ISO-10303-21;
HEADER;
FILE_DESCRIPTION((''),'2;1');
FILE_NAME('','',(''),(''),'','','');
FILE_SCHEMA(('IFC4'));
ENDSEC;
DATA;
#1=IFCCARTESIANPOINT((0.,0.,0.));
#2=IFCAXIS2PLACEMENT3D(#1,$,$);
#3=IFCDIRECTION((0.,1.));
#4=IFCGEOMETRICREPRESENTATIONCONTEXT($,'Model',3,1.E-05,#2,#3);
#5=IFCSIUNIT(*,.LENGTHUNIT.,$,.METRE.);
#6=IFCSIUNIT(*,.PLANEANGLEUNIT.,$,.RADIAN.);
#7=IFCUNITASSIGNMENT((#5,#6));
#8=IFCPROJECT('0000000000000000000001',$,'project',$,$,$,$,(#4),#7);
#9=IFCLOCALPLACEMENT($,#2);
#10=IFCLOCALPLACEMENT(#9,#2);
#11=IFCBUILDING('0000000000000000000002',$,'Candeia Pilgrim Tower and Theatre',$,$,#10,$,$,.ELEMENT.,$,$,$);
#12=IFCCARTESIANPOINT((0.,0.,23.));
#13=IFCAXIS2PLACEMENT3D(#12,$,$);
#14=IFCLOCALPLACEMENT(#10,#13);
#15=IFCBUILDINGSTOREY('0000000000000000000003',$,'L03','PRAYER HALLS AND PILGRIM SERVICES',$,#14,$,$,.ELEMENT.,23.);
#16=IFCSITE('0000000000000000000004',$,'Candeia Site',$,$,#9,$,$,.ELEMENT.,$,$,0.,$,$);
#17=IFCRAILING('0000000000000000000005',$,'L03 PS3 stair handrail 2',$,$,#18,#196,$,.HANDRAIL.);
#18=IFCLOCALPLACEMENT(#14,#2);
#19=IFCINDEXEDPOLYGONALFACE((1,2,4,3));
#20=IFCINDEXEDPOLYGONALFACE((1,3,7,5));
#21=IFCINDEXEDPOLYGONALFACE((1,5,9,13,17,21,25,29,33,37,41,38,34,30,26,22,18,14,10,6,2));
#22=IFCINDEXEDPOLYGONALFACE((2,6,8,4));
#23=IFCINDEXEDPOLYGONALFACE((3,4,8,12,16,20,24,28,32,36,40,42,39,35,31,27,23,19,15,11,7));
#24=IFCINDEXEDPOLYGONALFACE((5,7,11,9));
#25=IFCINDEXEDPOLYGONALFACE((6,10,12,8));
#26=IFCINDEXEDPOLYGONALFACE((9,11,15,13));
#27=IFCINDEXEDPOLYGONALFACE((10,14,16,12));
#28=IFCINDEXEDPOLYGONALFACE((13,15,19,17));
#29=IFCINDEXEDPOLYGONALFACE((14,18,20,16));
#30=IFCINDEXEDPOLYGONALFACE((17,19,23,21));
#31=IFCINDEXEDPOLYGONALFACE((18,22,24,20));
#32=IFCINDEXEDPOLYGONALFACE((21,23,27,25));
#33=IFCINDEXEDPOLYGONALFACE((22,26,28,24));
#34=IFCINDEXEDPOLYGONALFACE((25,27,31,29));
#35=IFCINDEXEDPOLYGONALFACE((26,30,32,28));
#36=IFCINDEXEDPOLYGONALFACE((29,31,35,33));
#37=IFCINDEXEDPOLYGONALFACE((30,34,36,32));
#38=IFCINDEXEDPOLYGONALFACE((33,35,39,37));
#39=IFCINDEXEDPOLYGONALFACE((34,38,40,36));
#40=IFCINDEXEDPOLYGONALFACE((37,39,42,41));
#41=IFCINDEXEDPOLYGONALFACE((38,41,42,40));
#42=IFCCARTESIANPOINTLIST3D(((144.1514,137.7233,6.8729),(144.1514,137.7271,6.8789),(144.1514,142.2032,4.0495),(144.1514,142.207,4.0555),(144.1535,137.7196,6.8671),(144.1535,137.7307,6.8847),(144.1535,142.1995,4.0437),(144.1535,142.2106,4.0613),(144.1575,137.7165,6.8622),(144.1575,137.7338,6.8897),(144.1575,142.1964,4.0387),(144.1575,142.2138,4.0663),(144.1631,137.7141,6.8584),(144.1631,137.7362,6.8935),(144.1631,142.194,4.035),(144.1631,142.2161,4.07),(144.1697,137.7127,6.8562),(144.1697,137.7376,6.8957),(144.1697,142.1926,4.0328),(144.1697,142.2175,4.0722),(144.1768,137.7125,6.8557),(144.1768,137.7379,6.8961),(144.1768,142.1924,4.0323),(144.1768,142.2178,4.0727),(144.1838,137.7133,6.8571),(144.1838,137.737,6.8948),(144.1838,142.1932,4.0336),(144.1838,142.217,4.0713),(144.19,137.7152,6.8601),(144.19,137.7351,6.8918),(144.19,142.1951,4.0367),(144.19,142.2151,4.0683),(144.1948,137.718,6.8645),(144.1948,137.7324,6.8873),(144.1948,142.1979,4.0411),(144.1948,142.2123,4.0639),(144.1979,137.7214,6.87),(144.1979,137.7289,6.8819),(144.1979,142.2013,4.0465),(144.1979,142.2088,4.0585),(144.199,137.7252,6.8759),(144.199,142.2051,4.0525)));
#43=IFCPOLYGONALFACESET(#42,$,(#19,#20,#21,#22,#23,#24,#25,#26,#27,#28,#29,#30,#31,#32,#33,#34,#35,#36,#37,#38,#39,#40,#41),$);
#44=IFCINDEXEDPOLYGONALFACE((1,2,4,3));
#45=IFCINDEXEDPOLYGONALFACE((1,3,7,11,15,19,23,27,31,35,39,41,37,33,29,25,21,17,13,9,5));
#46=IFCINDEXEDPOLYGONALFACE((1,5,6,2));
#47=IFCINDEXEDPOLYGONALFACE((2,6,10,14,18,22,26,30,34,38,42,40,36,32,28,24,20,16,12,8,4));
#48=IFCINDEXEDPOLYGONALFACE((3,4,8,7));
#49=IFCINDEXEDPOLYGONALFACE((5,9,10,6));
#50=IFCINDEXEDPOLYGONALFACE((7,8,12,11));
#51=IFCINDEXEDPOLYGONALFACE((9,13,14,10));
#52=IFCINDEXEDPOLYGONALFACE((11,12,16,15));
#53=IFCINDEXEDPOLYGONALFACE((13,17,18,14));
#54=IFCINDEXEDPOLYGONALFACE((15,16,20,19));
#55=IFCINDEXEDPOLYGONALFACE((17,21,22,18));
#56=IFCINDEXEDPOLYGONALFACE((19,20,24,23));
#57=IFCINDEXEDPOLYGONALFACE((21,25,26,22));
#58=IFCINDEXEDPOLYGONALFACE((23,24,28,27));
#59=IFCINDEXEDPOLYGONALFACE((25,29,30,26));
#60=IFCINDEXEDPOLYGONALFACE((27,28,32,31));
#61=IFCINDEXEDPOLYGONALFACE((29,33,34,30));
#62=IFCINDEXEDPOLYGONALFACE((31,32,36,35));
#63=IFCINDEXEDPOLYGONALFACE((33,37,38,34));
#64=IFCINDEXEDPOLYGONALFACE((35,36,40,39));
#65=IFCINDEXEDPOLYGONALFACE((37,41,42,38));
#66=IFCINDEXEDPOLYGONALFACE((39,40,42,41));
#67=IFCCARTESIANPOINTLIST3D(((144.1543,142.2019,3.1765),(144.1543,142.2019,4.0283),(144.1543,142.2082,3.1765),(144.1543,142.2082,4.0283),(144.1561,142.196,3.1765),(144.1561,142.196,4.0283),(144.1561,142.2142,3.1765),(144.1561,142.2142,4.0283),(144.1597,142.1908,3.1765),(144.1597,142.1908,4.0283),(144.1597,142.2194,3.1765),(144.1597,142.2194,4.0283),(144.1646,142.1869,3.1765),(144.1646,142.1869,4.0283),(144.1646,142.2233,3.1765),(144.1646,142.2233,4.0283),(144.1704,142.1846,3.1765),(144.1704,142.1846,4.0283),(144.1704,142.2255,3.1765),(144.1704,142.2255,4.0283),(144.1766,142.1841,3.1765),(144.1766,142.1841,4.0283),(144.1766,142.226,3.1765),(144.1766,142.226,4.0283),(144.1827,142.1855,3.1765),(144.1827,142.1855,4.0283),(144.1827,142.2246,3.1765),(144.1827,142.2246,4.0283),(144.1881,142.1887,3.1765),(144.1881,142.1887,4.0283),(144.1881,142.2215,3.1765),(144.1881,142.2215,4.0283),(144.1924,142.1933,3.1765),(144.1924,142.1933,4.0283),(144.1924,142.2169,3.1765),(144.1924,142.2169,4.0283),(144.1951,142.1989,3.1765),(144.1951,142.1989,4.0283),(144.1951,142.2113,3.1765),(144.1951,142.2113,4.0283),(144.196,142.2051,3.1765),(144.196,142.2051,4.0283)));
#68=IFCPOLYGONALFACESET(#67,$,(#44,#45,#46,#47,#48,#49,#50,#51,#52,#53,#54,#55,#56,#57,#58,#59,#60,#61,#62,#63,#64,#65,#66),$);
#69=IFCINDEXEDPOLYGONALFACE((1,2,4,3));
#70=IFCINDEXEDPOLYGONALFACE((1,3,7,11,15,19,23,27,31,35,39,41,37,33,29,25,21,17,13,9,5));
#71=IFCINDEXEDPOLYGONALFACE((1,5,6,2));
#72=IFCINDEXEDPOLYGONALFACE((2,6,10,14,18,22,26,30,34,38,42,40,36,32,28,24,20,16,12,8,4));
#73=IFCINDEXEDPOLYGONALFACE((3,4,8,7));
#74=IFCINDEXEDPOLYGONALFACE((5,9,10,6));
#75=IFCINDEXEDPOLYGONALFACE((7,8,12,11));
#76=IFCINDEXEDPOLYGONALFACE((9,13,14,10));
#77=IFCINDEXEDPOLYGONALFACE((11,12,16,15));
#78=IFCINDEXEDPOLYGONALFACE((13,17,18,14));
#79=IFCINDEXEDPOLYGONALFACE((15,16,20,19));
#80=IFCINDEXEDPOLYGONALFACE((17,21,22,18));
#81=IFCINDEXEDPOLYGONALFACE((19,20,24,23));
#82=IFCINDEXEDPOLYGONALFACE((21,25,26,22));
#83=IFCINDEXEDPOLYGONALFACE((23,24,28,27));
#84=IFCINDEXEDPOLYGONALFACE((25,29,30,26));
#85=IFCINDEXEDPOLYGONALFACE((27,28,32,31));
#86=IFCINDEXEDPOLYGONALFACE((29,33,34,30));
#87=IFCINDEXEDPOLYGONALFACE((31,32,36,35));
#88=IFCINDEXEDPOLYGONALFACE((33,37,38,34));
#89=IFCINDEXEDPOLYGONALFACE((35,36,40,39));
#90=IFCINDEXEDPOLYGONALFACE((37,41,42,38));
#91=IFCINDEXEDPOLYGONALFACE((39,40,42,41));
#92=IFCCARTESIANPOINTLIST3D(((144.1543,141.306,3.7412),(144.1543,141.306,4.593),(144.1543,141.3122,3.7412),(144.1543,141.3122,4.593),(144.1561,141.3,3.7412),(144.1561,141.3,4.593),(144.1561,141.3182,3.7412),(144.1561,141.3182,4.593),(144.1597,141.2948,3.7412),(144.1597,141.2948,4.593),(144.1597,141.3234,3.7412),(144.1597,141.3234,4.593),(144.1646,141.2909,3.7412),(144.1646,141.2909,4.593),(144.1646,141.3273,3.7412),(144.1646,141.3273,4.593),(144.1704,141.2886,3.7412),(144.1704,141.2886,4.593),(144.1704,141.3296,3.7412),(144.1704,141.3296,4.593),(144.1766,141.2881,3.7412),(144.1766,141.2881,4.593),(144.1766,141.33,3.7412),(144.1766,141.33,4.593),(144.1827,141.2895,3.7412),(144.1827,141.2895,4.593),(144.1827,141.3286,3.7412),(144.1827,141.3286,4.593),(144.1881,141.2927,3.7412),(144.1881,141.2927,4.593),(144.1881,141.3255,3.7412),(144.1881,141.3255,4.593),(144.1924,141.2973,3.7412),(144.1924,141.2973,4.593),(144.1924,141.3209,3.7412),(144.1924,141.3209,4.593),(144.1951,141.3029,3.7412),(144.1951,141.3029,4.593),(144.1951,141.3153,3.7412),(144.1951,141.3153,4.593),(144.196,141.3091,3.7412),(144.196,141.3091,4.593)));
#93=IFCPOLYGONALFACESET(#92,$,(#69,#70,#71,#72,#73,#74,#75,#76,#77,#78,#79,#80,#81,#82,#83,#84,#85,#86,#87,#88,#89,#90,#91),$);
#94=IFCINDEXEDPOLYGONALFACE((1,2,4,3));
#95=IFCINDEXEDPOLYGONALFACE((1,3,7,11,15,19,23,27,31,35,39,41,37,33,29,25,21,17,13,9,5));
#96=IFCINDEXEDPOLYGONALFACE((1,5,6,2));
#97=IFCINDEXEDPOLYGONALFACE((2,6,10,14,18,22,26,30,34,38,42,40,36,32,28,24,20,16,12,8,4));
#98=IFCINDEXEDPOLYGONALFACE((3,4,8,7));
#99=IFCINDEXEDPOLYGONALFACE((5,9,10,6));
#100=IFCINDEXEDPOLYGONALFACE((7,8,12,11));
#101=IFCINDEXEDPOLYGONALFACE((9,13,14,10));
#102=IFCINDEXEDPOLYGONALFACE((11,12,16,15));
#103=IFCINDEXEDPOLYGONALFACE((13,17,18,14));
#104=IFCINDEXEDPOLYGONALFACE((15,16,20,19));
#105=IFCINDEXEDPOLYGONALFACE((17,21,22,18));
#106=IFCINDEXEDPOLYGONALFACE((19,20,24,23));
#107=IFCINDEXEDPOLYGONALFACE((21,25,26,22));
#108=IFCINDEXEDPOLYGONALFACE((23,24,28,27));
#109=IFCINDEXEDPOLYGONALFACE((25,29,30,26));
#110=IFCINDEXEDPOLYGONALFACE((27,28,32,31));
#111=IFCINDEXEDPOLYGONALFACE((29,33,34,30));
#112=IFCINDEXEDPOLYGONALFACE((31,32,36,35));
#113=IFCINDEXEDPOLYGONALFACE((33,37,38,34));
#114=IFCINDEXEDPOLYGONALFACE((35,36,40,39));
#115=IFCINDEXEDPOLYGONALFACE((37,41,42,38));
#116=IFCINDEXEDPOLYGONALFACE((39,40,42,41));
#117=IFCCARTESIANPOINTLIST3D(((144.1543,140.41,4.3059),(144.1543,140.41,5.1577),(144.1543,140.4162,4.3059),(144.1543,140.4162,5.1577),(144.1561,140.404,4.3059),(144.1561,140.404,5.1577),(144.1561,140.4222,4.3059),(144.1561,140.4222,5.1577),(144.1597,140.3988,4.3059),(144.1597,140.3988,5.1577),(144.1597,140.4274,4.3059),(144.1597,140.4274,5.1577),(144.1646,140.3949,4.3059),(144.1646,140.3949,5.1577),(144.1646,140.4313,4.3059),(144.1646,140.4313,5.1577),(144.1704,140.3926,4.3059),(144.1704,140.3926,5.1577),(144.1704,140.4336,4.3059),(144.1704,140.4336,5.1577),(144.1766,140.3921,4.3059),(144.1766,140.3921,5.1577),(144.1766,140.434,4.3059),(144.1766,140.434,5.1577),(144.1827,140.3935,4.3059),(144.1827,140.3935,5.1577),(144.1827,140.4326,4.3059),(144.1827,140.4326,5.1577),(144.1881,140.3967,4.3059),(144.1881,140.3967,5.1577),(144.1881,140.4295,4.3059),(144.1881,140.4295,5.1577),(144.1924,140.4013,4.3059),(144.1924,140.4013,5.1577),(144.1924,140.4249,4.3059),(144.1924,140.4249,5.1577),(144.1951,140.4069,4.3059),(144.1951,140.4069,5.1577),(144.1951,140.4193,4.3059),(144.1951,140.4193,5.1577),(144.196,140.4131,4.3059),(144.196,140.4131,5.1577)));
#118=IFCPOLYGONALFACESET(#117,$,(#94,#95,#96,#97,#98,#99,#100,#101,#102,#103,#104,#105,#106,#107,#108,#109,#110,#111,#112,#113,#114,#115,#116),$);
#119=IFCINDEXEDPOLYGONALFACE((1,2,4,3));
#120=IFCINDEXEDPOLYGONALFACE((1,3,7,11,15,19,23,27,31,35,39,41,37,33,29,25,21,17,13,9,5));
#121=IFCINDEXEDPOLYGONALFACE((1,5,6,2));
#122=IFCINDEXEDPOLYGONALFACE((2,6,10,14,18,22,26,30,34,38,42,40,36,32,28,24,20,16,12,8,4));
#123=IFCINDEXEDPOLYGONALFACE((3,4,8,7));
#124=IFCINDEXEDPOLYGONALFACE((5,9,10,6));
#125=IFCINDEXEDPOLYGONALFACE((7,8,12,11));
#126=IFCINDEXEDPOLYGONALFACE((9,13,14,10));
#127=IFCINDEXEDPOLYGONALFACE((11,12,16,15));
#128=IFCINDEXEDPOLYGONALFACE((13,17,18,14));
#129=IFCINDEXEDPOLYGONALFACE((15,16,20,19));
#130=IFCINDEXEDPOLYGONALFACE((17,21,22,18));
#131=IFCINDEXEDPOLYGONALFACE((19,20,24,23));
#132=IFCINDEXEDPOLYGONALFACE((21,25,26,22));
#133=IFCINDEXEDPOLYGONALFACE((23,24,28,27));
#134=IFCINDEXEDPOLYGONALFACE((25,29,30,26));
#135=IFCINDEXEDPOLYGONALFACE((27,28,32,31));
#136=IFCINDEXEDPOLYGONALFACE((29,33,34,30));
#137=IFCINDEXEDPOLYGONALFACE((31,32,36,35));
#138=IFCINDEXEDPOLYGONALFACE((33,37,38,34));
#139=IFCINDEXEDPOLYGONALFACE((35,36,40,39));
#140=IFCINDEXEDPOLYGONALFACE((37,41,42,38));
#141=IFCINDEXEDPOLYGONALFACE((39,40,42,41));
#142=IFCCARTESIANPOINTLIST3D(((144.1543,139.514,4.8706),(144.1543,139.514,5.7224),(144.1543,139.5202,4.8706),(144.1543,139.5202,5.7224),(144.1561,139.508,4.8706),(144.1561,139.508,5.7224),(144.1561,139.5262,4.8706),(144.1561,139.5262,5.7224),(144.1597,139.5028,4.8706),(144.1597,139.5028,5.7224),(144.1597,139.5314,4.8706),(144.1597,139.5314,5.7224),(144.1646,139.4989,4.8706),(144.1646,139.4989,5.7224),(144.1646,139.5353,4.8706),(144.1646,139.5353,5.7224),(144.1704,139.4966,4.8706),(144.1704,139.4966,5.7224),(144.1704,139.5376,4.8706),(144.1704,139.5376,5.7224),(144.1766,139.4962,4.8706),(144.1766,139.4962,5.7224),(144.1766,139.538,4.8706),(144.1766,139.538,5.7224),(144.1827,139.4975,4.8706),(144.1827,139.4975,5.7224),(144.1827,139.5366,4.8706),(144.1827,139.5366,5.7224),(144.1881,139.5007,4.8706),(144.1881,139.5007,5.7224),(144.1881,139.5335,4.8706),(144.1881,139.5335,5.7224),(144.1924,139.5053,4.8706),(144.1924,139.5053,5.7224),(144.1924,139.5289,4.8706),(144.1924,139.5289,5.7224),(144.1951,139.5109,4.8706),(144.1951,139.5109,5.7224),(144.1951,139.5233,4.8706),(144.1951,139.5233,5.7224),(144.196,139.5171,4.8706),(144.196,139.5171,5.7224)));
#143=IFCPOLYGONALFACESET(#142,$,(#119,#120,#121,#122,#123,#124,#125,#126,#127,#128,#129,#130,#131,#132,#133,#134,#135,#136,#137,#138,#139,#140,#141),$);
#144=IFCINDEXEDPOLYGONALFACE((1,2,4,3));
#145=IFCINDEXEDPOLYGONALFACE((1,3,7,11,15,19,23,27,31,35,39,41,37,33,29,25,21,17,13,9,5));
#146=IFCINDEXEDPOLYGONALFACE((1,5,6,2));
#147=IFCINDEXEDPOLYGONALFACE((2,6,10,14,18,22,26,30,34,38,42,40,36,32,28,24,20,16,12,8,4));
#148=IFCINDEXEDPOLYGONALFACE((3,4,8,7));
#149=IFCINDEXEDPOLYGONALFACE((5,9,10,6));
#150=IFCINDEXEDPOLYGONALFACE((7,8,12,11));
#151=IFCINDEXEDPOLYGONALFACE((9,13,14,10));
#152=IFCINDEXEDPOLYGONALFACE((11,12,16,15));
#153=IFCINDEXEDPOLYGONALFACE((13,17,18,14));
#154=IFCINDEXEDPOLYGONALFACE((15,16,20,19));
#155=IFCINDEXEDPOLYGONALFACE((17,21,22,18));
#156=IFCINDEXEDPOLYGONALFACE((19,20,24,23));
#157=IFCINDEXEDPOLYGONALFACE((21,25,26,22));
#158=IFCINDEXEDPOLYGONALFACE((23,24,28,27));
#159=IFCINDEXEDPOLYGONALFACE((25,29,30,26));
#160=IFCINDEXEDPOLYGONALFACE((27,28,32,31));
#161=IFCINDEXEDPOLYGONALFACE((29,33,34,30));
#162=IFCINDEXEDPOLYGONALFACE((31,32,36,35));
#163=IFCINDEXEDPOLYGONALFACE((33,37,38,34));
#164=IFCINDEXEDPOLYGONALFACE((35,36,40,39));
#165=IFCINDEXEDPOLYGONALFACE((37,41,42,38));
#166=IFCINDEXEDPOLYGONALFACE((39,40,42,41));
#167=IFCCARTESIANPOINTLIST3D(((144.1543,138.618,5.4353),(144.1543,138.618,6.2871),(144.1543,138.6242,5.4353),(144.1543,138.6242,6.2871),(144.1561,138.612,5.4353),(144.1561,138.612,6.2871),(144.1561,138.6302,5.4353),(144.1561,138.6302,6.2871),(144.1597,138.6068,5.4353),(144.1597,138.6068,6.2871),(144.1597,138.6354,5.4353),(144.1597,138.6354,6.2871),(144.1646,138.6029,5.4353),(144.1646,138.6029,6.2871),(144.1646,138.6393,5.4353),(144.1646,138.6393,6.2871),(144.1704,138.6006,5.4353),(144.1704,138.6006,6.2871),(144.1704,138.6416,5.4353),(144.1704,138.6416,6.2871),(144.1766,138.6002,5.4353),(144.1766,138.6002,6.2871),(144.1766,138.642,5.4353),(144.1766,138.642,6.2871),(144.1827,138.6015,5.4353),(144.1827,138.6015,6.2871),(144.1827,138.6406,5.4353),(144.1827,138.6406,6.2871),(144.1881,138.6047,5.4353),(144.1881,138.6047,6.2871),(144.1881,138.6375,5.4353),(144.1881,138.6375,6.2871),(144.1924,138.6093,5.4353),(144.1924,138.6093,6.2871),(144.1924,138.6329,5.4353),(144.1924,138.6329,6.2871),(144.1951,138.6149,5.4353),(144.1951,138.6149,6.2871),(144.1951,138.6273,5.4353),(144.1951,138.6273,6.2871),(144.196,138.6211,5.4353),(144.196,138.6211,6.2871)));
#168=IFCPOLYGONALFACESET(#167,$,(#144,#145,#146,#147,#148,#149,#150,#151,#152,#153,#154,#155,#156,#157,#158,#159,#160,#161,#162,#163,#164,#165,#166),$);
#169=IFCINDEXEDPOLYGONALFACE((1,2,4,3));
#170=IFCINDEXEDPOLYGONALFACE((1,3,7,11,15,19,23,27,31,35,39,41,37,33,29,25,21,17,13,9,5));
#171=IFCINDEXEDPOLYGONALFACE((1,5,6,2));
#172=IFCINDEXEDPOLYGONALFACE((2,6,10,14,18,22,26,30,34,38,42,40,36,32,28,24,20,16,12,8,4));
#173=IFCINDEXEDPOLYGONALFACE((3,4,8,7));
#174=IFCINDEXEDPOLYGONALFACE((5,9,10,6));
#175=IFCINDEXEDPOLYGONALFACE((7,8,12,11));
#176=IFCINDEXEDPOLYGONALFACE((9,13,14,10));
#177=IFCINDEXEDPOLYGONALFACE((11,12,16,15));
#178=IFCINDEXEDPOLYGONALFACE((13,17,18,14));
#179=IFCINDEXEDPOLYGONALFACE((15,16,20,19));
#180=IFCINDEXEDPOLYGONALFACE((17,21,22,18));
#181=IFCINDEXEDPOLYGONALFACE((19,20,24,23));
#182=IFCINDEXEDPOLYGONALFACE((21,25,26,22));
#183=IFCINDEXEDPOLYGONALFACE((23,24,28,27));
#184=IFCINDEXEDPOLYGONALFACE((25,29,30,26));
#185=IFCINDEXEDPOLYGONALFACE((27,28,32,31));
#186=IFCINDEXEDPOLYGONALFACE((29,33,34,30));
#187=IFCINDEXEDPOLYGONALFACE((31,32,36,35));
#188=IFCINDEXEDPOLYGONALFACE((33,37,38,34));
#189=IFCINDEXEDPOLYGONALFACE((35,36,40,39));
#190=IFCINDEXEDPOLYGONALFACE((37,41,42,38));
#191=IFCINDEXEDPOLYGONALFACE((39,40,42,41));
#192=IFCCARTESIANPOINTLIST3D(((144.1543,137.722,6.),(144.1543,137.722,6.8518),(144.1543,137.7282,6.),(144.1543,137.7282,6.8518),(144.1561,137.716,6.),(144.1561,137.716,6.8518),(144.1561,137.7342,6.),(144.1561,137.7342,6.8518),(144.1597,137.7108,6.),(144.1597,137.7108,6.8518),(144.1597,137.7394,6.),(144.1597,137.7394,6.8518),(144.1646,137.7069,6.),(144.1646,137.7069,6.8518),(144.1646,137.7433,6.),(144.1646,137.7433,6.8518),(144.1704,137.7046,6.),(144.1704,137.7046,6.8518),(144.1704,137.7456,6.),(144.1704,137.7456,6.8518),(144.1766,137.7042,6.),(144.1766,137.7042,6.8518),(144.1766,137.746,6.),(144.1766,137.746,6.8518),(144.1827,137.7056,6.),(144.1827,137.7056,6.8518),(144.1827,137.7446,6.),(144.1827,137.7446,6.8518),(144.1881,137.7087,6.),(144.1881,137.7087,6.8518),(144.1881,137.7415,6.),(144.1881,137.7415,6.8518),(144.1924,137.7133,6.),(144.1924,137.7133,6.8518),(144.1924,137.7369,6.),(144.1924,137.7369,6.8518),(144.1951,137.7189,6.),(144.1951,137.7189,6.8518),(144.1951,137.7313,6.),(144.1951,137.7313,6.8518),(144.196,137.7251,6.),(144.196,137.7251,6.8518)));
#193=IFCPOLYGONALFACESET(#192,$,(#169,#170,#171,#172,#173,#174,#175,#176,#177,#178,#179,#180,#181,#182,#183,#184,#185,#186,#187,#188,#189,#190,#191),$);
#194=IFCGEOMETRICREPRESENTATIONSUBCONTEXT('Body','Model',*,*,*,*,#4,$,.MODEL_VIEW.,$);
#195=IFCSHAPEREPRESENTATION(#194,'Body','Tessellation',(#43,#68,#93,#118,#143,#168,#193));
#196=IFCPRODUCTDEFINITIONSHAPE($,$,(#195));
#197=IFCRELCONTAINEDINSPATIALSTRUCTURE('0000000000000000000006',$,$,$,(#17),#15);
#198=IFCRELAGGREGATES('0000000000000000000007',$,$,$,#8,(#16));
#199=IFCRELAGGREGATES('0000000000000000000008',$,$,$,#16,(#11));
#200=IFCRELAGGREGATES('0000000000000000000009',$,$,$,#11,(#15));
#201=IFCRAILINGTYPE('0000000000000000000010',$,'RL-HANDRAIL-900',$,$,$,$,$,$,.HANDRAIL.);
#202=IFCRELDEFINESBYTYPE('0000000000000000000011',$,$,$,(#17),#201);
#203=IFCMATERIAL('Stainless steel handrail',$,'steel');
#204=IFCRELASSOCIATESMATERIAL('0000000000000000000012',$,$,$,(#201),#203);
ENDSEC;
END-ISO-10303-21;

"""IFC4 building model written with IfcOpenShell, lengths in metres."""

from ifc_helpers import new_model, si_unit, direction, frame, origin, origin_2d, place, context, subcontext, project, spatial, circle, extrude, material, type_object, element, save


model = new_model("IFC4")

# Units and contexts
model_context = context("Model", 3, precision=1e-05, world=origin(), true_north=direction((0.0, 1.0)))
body_context = subcontext(model_context, "Body", "Model", "MODEL_VIEW")
ifc_project = project(units=[si_unit("LENGTHUNIT", "METRE"), si_unit("PLANEANGLEUNIT", "RADIAN")], contexts=[model_context])

# Site, building, storey
site_placement = place(None, origin())
site = spatial("IfcSite", under=ifc_project, at=site_placement, Name="Candeia Site", CompositionType="ELEMENT", RefElevation=0.0)
building_placement = place(site_placement, origin())
building = spatial("IfcBuilding", under=site, at=building_placement, Name="Candeia Pilgrim Tower and Theatre", CompositionType="ELEMENT")
storey_placement = place(building_placement, frame((0.0, 0.0, 23.0)))
storey = spatial("IfcBuildingStorey", under=building, at=storey_placement, Name="L03", Description="PRAYER HALLS AND PILGRIM SERVICES", CompositionType="ELEMENT", Elevation=23.0)

# Railing
ifc_material_1 = material(Name="Stainless steel handrail", Category="steel")
railing_type_1 = type_object("IfcRailingType", Name="RL-HANDRAIL-900", PredefinedType="HANDRAIL", material=ifc_material_1)
railing_1_placement = place(storey_placement, frame((144.175, 142.2051, 3.1765)))
element("IfcRailing", 1, at=railing_1_placement, inside=storey, type_object=railing_type_1, Name="L03 PS3 stair handrail 2", PredefinedType="HANDRAIL", context=body_context, shape_type="SweptSolid", body=[
    extrude(circle(Radius=0.0239, at=origin_2d()), frame((0.0, 0.0, 0.876), z_axis=(0.0, -0.845998, 0.533186), x_axis=(1.0, 0.0, 0.0)), (0.0, 0.0, 1.0), 5.2954),
    extrude(circle(Radius=0.021, at=origin_2d()), origin(), (0.0, 0.0, 1.0), 0.8518),
    extrude(circle(Radius=0.021, at=origin_2d()), frame((0.0, -0.896, 0.5647)), (0.0, 0.0, 1.0), 0.8518),
    extrude(circle(Radius=0.021, at=origin_2d()), frame((0.0, -1.792, 1.1294)), (0.0, 0.0, 1.0), 0.8518),
    extrude(circle(Radius=0.021, at=origin_2d()), frame((0.0, -2.688, 1.6941)), (0.0, 0.0, 1.0), 0.8518),
    extrude(circle(Radius=0.021, at=origin_2d()), frame((0.0, -3.584, 2.2588)), (0.0, 0.0, 1.0), 0.8518),
    extrude(circle(Radius=0.021, at=origin_2d()), frame((0.0, -4.48, 2.8235)), (0.0, 0.0, 1.0), 0.8518),
])

save(model, "model.ifc")
